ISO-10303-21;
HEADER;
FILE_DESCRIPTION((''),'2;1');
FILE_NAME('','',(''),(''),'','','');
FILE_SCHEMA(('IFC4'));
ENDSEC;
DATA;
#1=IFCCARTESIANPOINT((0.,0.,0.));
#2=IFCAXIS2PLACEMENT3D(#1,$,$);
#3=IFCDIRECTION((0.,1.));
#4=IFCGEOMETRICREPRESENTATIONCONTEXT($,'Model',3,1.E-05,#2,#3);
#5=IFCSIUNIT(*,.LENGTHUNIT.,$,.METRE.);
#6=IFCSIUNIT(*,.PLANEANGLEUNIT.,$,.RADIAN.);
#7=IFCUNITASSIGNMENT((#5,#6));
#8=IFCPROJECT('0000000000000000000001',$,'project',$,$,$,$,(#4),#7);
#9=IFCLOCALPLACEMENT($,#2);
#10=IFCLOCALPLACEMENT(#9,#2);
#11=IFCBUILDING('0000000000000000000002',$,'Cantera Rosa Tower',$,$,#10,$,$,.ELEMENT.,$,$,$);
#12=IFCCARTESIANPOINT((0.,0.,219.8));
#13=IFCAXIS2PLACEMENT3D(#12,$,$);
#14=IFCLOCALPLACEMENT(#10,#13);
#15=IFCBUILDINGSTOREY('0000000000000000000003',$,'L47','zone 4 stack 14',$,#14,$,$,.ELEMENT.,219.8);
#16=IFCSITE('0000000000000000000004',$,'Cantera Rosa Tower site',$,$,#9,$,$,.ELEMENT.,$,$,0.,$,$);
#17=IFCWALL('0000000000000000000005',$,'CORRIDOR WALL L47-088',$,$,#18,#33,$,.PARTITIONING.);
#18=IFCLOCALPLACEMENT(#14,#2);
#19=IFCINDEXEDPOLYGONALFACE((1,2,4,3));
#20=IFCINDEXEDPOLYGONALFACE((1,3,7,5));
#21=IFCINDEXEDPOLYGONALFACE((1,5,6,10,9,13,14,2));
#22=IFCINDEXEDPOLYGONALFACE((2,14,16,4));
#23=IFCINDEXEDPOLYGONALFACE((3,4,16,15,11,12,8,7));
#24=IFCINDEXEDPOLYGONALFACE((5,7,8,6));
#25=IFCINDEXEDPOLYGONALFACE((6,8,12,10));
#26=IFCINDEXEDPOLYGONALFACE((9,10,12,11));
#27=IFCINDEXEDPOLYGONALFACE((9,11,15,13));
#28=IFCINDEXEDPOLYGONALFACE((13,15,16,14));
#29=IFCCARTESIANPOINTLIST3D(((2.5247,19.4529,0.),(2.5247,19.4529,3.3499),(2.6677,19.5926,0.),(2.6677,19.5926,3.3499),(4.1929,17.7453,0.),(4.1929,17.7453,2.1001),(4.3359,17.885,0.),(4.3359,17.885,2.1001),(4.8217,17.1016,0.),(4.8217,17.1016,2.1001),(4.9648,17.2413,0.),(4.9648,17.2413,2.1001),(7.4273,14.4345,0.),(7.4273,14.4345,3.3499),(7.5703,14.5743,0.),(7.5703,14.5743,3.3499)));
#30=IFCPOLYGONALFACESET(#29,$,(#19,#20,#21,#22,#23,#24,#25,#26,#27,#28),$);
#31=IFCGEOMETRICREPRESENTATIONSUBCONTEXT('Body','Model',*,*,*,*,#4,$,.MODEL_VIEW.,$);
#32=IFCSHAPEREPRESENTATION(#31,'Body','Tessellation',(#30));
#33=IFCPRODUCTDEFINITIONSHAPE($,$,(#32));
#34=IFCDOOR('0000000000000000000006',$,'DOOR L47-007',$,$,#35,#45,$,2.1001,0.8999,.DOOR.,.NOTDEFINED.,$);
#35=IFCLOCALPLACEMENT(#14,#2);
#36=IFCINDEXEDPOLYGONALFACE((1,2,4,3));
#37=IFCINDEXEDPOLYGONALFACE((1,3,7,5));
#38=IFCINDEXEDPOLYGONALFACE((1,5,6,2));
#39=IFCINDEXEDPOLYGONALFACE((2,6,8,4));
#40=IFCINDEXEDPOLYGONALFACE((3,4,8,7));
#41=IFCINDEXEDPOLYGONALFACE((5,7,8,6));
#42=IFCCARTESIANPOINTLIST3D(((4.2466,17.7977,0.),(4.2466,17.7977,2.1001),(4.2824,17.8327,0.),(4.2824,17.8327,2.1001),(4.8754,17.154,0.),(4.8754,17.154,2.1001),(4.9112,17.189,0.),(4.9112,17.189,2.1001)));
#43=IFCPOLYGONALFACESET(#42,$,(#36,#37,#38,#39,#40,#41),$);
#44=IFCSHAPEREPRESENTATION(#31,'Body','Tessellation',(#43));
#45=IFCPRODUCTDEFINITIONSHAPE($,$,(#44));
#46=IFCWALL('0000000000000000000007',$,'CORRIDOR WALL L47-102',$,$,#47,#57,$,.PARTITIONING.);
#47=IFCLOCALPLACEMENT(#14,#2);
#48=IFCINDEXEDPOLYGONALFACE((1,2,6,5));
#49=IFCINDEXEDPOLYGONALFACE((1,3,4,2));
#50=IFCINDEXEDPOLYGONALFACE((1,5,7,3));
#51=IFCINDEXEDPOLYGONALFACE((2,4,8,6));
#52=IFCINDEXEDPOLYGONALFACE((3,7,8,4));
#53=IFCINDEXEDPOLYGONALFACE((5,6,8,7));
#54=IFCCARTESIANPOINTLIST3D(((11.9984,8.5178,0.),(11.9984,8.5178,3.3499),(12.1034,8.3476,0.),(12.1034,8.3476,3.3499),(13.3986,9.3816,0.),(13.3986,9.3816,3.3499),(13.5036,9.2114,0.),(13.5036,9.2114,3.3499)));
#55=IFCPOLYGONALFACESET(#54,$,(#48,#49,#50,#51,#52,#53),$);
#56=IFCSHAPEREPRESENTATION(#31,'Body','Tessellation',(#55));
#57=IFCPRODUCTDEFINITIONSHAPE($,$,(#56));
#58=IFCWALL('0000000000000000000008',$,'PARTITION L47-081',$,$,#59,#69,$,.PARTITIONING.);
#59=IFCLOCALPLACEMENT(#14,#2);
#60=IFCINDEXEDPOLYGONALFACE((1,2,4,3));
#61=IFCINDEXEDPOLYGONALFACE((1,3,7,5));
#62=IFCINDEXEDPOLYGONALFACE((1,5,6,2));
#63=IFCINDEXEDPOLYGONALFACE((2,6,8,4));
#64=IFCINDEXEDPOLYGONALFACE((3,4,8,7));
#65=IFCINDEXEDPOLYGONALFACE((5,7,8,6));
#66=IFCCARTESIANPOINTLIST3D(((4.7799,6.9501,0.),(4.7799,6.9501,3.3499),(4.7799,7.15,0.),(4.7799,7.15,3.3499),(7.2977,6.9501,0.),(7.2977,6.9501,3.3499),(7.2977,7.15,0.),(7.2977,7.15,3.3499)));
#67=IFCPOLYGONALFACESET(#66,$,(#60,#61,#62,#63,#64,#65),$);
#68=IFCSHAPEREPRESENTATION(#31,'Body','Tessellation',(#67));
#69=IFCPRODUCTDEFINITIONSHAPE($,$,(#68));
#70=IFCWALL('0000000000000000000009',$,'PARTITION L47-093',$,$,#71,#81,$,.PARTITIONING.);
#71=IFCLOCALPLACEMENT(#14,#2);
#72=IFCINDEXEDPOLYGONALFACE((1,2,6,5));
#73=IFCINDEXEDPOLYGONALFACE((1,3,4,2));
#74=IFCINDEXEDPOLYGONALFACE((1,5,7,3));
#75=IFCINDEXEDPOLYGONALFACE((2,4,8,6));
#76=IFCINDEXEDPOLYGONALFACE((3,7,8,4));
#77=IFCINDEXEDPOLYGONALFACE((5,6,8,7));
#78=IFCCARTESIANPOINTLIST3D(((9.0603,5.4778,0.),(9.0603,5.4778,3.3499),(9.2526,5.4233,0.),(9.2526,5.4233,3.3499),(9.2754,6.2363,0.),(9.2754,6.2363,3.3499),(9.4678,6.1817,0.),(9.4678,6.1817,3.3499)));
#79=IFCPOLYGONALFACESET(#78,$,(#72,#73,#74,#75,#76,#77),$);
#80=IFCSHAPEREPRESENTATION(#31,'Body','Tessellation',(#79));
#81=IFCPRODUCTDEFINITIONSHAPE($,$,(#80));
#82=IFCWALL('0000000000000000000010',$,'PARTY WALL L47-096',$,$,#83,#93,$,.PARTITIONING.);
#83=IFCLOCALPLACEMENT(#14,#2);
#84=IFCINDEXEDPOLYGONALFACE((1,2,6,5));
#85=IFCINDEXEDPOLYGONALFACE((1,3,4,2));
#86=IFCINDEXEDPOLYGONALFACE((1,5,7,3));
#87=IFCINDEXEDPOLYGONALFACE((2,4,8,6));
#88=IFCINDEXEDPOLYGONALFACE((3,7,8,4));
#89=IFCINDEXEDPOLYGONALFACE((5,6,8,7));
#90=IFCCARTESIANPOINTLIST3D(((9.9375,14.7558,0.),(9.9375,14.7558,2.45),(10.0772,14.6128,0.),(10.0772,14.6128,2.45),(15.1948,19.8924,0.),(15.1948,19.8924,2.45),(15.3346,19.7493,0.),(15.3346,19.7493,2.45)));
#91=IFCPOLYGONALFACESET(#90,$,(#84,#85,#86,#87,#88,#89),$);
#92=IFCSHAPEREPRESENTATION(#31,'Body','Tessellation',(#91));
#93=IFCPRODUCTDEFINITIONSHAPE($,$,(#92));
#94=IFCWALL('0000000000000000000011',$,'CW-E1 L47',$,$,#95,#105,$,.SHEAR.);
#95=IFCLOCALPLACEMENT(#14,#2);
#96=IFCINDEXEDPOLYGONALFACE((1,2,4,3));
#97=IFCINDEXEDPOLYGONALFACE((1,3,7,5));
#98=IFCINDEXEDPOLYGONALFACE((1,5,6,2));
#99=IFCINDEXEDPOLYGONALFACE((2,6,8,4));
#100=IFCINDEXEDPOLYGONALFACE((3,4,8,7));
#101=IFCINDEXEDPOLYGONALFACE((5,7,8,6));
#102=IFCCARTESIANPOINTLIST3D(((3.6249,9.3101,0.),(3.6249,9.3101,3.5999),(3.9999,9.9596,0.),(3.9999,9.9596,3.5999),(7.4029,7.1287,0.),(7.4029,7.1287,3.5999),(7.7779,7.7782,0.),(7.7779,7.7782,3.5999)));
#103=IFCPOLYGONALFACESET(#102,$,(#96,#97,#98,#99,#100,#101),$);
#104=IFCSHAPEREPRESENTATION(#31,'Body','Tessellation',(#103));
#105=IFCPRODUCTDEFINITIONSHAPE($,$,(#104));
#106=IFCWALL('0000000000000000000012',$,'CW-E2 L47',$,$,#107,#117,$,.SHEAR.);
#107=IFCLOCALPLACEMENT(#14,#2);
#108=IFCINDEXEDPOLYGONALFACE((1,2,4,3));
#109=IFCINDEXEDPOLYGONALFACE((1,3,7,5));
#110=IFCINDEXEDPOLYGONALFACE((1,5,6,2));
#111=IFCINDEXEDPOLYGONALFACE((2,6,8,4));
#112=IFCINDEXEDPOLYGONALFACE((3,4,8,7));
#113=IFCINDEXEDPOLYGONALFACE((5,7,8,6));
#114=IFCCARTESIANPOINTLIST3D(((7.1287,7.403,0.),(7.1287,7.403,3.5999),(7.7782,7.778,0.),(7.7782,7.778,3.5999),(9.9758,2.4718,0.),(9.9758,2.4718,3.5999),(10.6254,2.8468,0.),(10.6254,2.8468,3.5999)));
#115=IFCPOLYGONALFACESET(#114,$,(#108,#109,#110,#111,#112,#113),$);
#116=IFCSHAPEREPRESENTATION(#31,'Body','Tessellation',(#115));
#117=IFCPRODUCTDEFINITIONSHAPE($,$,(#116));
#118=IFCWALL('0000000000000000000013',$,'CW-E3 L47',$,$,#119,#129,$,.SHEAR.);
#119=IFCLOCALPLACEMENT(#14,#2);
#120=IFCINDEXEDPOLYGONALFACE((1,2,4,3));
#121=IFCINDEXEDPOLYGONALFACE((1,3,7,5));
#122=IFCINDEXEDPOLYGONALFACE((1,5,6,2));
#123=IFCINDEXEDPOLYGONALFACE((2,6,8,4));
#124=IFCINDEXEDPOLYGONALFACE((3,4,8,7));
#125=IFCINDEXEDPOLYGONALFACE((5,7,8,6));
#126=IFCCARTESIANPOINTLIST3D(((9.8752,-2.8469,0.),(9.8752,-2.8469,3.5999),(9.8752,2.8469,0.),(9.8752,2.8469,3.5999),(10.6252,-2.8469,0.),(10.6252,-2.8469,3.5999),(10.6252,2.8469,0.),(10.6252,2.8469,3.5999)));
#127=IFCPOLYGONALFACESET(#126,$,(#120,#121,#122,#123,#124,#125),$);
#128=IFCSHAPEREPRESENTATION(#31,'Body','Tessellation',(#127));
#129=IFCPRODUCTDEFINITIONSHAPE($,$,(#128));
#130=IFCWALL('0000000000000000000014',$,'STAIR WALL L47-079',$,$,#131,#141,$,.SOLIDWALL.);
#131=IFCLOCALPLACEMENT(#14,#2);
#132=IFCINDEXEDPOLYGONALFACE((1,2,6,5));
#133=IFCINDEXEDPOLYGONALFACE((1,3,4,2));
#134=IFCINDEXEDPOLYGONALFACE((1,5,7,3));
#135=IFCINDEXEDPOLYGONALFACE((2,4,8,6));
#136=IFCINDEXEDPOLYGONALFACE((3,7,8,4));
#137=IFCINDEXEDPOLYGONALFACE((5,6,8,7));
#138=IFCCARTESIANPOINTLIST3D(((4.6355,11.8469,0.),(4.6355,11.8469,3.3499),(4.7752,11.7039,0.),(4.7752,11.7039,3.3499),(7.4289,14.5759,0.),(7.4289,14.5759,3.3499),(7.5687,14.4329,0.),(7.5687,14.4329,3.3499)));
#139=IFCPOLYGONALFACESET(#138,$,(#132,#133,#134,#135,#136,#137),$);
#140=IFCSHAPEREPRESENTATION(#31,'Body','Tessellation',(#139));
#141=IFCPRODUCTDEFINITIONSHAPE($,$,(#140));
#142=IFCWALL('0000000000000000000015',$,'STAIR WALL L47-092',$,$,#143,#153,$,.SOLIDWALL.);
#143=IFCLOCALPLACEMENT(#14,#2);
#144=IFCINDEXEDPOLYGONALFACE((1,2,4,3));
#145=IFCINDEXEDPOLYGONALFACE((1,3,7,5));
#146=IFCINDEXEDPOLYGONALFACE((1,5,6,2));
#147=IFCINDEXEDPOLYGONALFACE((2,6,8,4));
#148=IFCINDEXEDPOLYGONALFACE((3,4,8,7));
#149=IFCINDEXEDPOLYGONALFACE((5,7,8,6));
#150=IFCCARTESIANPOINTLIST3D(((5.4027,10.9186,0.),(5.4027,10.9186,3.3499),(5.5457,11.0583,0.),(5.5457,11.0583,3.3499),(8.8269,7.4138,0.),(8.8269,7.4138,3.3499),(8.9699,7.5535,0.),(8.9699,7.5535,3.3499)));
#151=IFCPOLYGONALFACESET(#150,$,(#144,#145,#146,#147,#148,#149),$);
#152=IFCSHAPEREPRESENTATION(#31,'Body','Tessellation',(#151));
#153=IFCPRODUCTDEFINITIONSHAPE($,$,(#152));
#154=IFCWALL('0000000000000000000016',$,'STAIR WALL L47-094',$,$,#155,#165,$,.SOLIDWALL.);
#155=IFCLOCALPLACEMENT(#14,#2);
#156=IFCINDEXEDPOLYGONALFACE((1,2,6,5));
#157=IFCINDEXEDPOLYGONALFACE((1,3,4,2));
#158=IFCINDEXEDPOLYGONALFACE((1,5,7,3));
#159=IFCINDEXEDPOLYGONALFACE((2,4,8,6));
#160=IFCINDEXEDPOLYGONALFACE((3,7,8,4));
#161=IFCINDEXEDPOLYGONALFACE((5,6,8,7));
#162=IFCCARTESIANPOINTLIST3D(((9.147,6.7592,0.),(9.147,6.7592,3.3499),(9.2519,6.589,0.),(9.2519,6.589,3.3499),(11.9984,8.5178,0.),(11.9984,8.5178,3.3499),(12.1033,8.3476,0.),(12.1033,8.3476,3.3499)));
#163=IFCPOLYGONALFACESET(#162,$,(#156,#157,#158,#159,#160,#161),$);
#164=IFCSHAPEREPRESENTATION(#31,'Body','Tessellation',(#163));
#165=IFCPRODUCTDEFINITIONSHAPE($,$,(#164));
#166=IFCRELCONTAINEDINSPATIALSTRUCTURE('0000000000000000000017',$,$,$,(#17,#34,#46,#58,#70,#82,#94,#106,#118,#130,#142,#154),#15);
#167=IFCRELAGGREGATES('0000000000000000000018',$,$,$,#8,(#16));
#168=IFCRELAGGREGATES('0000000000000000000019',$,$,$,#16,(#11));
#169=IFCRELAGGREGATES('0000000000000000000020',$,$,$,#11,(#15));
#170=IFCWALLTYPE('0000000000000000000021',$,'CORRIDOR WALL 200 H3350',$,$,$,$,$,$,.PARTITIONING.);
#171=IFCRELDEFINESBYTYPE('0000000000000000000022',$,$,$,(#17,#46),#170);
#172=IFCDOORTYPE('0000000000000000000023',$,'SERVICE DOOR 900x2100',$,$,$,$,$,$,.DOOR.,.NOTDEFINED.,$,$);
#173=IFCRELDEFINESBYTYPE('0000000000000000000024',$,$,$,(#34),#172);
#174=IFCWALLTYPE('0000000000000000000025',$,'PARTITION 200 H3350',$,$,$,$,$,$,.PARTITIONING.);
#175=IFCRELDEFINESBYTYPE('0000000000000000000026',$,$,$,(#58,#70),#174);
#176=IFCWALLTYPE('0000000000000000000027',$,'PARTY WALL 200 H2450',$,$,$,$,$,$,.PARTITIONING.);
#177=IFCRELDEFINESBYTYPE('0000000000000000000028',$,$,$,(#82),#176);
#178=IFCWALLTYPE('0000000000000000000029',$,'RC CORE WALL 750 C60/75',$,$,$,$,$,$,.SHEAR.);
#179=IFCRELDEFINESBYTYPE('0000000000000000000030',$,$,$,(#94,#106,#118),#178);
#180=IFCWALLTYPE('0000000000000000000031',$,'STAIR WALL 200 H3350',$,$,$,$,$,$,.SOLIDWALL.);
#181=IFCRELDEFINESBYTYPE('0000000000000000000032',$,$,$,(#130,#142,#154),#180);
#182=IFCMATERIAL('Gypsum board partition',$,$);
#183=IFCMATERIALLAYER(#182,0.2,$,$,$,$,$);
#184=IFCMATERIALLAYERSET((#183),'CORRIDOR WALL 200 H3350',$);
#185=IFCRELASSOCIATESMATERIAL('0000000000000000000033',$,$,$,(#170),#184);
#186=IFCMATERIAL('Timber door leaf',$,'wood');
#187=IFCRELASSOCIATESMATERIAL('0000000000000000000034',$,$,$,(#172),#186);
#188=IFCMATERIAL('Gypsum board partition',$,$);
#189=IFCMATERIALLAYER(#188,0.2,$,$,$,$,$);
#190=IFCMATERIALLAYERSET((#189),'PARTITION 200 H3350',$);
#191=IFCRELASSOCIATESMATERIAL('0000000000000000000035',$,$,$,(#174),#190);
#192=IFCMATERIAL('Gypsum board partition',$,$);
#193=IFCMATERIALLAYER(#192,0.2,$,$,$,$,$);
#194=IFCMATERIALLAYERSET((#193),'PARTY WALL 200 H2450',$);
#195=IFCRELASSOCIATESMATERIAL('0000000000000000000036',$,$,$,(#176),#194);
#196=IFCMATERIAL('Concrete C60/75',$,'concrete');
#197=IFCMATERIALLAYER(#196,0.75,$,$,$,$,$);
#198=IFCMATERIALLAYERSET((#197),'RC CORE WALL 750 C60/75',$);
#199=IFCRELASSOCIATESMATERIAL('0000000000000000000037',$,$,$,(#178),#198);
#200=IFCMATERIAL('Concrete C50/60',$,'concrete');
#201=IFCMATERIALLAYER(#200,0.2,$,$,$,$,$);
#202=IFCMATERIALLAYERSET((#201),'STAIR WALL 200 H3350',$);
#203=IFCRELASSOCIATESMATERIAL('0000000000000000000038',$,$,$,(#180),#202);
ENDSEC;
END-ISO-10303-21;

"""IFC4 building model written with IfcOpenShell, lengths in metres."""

from ifc_helpers import new_model, si_unit, direction, frame, frame_2d, origin, place, context, subcontext, project, spatial, rectangle, extrude, material, layer, layer_set, type_object, element, fill, save


model = new_model("IFC4")

# Units and contexts
model_context = context("Model", 3, precision=1e-05, world=origin(), true_north=direction((0.0, 1.0)))
body_context = subcontext(model_context, "Body", "Model", "MODEL_VIEW")
ifc_project = project(units=[si_unit("LENGTHUNIT", "METRE"), si_unit("PLANEANGLEUNIT", "RADIAN")], contexts=[model_context])

# Site, building, storey
site_placement = place(None, origin())
site = spatial("IfcSite", under=ifc_project, at=site_placement, Name="Cantera Rosa Tower site", CompositionType="ELEMENT", RefElevation=0.0)
building_placement = place(site_placement, origin())
building = spatial("IfcBuilding", under=site, at=building_placement, Name="Cantera Rosa Tower", CompositionType="ELEMENT")
storey_placement = place(building_placement, frame((0.0, 0.0, 219.8)))
storey = spatial("IfcBuildingStorey", under=building, at=storey_placement, Name="L47", Description="zone 4 stack 14", CompositionType="ELEMENT", Elevation=219.8)

# Wall, opening, door
ifc_material_1 = material(Name="Gypsum board partition")
ifc_layer_1 = layer(ifc_material_1, 0.2)
ifc_layer_set_1 = layer_set([ifc_layer_1], Name="CORRIDOR WALL 200 H3350")
wall_type_1 = type_object("IfcWallType", Name="CORRIDOR WALL 200 H3350", PredefinedType="PARTITIONING", material=ifc_layer_set_1)
wall_1_placement = place(storey_placement, frame((7.4988, 14.5044, 0.0), z_axis=(0.0, 0.0, 1.0), x_axis=(-0.698811, 0.715306, 0.0)))
wall_1 = element("IfcWall", 1, at=wall_1_placement, inside=storey, type_object=wall_type_1, Name="CORRIDOR WALL L47-088", PredefinedType="PARTITIONING", context=body_context, shape_type="SweptSolid", body=[
    extrude(rectangle(XDim=7.0156, YDim=0.2, at=frame_2d((3.5078, 0.0))), origin(), (0.0, 0.0, 1.0), 3.3499),
])
opening_1_placement = place(wall_1_placement, frame((3.7285, 0.0, 0.0)))
opening_1 = element("IfcOpeningElement", 2, at=opening_1_placement, cuts=wall_1, PredefinedType="OPENING", context=body_context, shape_type="SweptSolid", body=[
    extrude(rectangle(XDim=0.8999, YDim=2.1001, at=frame_2d((0.45, 1.05))), frame((0.0, 0.1099, 0.0), z_axis=(0.0, -1.0, 0.0), x_axis=(1.0, 0.0, 0.0)), (0.0, 0.0, 1.0), 0.22),
])
ifc_material_2 = material(Name="Timber door leaf", Category="wood")
door_type_1 = type_object("IfcDoorType", Name="SERVICE DOOR 900x2100", OperationType="NOTDEFINED", PredefinedType="DOOR", material=ifc_material_2)
door_1_placement = place(opening_1_placement, origin())
door_1 = element("IfcDoor", 3, at=door_1_placement, inside=storey, type_object=door_type_1, Name="DOOR L47-007", OperationType="NOTDEFINED", OverallHeight=2.1001, OverallWidth=0.8999, PredefinedType="DOOR", context=body_context, shape_type="SweptSolid", body=[
    extrude(rectangle(XDim=0.8999, YDim=2.1001, at=frame_2d((0.45, 1.05))), frame((0.0, 0.0249, 0.0), z_axis=(0.0, -1.0, 0.0), x_axis=(1.0, 0.0, 0.0)), (0.0, 0.0, 1.0), 0.05),
])
fill(opening_1, door_1)

# Walls
wall_2_placement = place(storey_placement, frame((12.0508, 8.4326, 0.0), z_axis=(0.0, 0.0, 1.0), x_axis=(0.851077, 0.525041, 0.0)))
element("IfcWall", 4, at=wall_2_placement, inside=storey, type_object=wall_type_1, Name="CORRIDOR WALL L47-102", PredefinedType="PARTITIONING", context=body_context, shape_type="SweptSolid", body=[
    extrude(rectangle(XDim=1.6453, YDim=0.2, at=frame_2d((0.8228, 0.0))), origin(), (0.0, 0.0, 1.0), 3.3499),
])
ifc_material_3 = material(Name="Gypsum board partition")
ifc_layer_2 = layer(ifc_material_3, 0.2)
ifc_layer_set_2 = layer_set([ifc_layer_2], Name="PARTITION 200 H3350")
wall_type_2 = type_object("IfcWallType", Name="PARTITION 200 H3350", PredefinedType="PARTITIONING", material=ifc_layer_set_2)
wall_3_placement = place(storey_placement, frame((4.78, 7.05, 0.0), z_axis=(0.0, 0.0, 1.0), x_axis=(1.0, 0.0, 0.0)))
element("IfcWall", 5, at=wall_3_placement, inside=storey, type_object=wall_type_2, Name="PARTITION L47-081", PredefinedType="PARTITIONING", context=body_context, shape_type="SweptSolid", body=[
    extrude(rectangle(XDim=2.5178, YDim=0.2, at=frame_2d((1.2588, 0.0))), origin(), (0.0, 0.0, 1.0), 3.3499),
])
wall_4_placement = place(storey_placement, frame((9.1565, 5.4507, 0.0), z_axis=(0.0, 0.0, 1.0), x_axis=(0.27288, 0.962048, 0.0)))
element("IfcWall", 6, at=wall_4_placement, inside=storey, type_object=wall_type_2, Name="PARTITION L47-093", PredefinedType="PARTITIONING", context=body_context, shape_type="SweptSolid", body=[
    extrude(rectangle(XDim=0.7883, YDim=0.2, at=frame_2d((0.394, 0.0))), origin(), (0.0, 0.0, 1.0), 3.3499),
])
ifc_material_4 = material(Name="Gypsum board partition")
ifc_layer_3 = layer(ifc_material_4, 0.2)
ifc_layer_set_3 = layer_set([ifc_layer_3], Name="PARTY WALL 200 H2450")
wall_type_3 = type_object("IfcWallType", Name="PARTY WALL 200 H2450", PredefinedType="PARTITIONING", material=ifc_layer_set_3)
wall_5_placement = place(storey_placement, frame((10.0073, 14.6843, 0.0), z_axis=(0.0, 0.0, 1.0), x_axis=(0.71528, 0.698838, 0.0)))
element("IfcWall", 7, at=wall_5_placement, inside=storey, type_object=wall_type_3, Name="PARTY WALL L47-096", PredefinedType="PARTITIONING", context=body_context, shape_type="SweptSolid", body=[
    extrude(rectangle(XDim=7.3501, YDim=0.2, at=frame_2d((3.675, 0.0))), origin(), (0.0, 0.0, 1.0), 2.45),
])
ifc_material_5 = material(Name="Concrete C60/75", Category="concrete")
ifc_layer_4 = layer(ifc_material_5, 0.75)
ifc_layer_set_4 = layer_set([ifc_layer_4], Name="RC CORE WALL 750 C60/75")
wall_type_4 = type_object("IfcWallType", Name="RC CORE WALL 750 C60/75", PredefinedType="SHEAR", material=ifc_layer_set_4)
wall_6_placement = place(storey_placement, frame((3.8125, 9.6348, 0.0), z_axis=(0.0, 0.0, 1.0), x_axis=(0.866013, -0.500021, 0.0)))
element("IfcWall", 8, at=wall_6_placement, inside=storey, type_object=wall_type_4, Name="CW-E1 L47", PredefinedType="SHEAR", context=body_context, shape_type="SweptSolid", body=[
    extrude(rectangle(XDim=4.3625, YDim=0.75, at=frame_2d((2.1812, 0.0))), origin(), (0.0, 0.0, 1.0), 3.5999),
])
wall_7_placement = place(storey_placement, frame((7.4534, 7.5906, 0.0), z_axis=(0.0, 0.0, 1.0), x_axis=(0.500022, -0.866013, 0.0)))
element("IfcWall", 9, at=wall_7_placement, inside=storey, type_object=wall_type_4, Name="CW-E2 L47", PredefinedType="SHEAR", context=body_context, shape_type="SweptSolid", body=[
    extrude(rectangle(XDim=5.6941, YDim=0.75, at=frame_2d((2.8472, 0.0))), origin(), (0.0, 0.0, 1.0), 3.5999),
])
wall_8_placement = place(storey_placement, frame((10.2502, 2.8469, 0.0), z_axis=(0.0, 0.0, 1.0), x_axis=(0.0, -1.0, 0.0)))
element("IfcWall", 10, at=wall_8_placement, inside=storey, type_object=wall_type_4, Name="CW-E3 L47", PredefinedType="SHEAR", context=body_context, shape_type="SweptSolid", body=[
    extrude(rectangle(XDim=5.6938, YDim=0.75, at=frame_2d((2.8469, 0.0))), origin(), (0.0, 0.0, 1.0), 3.5999),
])
ifc_material_6 = material(Name="Concrete C50/60", Category="concrete")
ifc_layer_5 = layer(ifc_material_6, 0.2)
ifc_layer_set_5 = layer_set([ifc_layer_5], Name="STAIR WALL 200 H3350")
wall_type_5 = type_object("IfcWallType", Name="STAIR WALL 200 H3350", PredefinedType="SOLIDWALL", material=ifc_layer_set_5)
wall_9_placement = place(storey_placement, frame((4.7053, 11.7754, 0.0), z_axis=(0.0, 0.0, 1.0), x_axis=(0.715311, 0.698806, 0.0)))
element("IfcWall", 11, at=wall_9_placement, inside=storey, type_object=wall_type_5, Name="STAIR WALL L47-079", PredefinedType="SOLIDWALL", context=body_context, shape_type="SweptSolid", body=[
    extrude(rectangle(XDim=3.9053, YDim=0.2, at=frame_2d((1.9526, 0.0))), origin(), (0.0, 0.0, 1.0), 3.3499),
])
wall_10_placement = place(storey_placement, frame((8.8984, 7.4836, 0.0), z_axis=(0.0, 0.0, 1.0), x_axis=(-0.698838, 0.71528, 0.0)))
element("IfcWall", 12, at=wall_10_placement, inside=storey, type_object=wall_type_5, Name="STAIR WALL L47-092", PredefinedType="SOLIDWALL", context=body_context, shape_type="SweptSolid", body=[
    extrude(rectangle(XDim=4.8999, YDim=0.2, at=frame_2d((2.45, 0.0))), origin(), (0.0, 0.0, 1.0), 3.3499),
])
wall_11_placement = place(storey_placement, frame((9.1995, 6.6741, 0.0), z_axis=(0.0, 0.0, 1.0), x_axis=(0.85114, 0.524939, 0.0)))
element("IfcWall", 13, at=wall_11_placement, inside=storey, type_object=wall_type_5, Name="STAIR WALL L47-094", PredefinedType="SOLIDWALL", context=body_context, shape_type="SweptSolid", body=[
    extrude(rectangle(XDim=3.3501, YDim=0.2, at=frame_2d((1.675, 0.0))), origin(), (0.0, 0.0, 1.0), 3.3499),
])

save(model, "model.ifc")
